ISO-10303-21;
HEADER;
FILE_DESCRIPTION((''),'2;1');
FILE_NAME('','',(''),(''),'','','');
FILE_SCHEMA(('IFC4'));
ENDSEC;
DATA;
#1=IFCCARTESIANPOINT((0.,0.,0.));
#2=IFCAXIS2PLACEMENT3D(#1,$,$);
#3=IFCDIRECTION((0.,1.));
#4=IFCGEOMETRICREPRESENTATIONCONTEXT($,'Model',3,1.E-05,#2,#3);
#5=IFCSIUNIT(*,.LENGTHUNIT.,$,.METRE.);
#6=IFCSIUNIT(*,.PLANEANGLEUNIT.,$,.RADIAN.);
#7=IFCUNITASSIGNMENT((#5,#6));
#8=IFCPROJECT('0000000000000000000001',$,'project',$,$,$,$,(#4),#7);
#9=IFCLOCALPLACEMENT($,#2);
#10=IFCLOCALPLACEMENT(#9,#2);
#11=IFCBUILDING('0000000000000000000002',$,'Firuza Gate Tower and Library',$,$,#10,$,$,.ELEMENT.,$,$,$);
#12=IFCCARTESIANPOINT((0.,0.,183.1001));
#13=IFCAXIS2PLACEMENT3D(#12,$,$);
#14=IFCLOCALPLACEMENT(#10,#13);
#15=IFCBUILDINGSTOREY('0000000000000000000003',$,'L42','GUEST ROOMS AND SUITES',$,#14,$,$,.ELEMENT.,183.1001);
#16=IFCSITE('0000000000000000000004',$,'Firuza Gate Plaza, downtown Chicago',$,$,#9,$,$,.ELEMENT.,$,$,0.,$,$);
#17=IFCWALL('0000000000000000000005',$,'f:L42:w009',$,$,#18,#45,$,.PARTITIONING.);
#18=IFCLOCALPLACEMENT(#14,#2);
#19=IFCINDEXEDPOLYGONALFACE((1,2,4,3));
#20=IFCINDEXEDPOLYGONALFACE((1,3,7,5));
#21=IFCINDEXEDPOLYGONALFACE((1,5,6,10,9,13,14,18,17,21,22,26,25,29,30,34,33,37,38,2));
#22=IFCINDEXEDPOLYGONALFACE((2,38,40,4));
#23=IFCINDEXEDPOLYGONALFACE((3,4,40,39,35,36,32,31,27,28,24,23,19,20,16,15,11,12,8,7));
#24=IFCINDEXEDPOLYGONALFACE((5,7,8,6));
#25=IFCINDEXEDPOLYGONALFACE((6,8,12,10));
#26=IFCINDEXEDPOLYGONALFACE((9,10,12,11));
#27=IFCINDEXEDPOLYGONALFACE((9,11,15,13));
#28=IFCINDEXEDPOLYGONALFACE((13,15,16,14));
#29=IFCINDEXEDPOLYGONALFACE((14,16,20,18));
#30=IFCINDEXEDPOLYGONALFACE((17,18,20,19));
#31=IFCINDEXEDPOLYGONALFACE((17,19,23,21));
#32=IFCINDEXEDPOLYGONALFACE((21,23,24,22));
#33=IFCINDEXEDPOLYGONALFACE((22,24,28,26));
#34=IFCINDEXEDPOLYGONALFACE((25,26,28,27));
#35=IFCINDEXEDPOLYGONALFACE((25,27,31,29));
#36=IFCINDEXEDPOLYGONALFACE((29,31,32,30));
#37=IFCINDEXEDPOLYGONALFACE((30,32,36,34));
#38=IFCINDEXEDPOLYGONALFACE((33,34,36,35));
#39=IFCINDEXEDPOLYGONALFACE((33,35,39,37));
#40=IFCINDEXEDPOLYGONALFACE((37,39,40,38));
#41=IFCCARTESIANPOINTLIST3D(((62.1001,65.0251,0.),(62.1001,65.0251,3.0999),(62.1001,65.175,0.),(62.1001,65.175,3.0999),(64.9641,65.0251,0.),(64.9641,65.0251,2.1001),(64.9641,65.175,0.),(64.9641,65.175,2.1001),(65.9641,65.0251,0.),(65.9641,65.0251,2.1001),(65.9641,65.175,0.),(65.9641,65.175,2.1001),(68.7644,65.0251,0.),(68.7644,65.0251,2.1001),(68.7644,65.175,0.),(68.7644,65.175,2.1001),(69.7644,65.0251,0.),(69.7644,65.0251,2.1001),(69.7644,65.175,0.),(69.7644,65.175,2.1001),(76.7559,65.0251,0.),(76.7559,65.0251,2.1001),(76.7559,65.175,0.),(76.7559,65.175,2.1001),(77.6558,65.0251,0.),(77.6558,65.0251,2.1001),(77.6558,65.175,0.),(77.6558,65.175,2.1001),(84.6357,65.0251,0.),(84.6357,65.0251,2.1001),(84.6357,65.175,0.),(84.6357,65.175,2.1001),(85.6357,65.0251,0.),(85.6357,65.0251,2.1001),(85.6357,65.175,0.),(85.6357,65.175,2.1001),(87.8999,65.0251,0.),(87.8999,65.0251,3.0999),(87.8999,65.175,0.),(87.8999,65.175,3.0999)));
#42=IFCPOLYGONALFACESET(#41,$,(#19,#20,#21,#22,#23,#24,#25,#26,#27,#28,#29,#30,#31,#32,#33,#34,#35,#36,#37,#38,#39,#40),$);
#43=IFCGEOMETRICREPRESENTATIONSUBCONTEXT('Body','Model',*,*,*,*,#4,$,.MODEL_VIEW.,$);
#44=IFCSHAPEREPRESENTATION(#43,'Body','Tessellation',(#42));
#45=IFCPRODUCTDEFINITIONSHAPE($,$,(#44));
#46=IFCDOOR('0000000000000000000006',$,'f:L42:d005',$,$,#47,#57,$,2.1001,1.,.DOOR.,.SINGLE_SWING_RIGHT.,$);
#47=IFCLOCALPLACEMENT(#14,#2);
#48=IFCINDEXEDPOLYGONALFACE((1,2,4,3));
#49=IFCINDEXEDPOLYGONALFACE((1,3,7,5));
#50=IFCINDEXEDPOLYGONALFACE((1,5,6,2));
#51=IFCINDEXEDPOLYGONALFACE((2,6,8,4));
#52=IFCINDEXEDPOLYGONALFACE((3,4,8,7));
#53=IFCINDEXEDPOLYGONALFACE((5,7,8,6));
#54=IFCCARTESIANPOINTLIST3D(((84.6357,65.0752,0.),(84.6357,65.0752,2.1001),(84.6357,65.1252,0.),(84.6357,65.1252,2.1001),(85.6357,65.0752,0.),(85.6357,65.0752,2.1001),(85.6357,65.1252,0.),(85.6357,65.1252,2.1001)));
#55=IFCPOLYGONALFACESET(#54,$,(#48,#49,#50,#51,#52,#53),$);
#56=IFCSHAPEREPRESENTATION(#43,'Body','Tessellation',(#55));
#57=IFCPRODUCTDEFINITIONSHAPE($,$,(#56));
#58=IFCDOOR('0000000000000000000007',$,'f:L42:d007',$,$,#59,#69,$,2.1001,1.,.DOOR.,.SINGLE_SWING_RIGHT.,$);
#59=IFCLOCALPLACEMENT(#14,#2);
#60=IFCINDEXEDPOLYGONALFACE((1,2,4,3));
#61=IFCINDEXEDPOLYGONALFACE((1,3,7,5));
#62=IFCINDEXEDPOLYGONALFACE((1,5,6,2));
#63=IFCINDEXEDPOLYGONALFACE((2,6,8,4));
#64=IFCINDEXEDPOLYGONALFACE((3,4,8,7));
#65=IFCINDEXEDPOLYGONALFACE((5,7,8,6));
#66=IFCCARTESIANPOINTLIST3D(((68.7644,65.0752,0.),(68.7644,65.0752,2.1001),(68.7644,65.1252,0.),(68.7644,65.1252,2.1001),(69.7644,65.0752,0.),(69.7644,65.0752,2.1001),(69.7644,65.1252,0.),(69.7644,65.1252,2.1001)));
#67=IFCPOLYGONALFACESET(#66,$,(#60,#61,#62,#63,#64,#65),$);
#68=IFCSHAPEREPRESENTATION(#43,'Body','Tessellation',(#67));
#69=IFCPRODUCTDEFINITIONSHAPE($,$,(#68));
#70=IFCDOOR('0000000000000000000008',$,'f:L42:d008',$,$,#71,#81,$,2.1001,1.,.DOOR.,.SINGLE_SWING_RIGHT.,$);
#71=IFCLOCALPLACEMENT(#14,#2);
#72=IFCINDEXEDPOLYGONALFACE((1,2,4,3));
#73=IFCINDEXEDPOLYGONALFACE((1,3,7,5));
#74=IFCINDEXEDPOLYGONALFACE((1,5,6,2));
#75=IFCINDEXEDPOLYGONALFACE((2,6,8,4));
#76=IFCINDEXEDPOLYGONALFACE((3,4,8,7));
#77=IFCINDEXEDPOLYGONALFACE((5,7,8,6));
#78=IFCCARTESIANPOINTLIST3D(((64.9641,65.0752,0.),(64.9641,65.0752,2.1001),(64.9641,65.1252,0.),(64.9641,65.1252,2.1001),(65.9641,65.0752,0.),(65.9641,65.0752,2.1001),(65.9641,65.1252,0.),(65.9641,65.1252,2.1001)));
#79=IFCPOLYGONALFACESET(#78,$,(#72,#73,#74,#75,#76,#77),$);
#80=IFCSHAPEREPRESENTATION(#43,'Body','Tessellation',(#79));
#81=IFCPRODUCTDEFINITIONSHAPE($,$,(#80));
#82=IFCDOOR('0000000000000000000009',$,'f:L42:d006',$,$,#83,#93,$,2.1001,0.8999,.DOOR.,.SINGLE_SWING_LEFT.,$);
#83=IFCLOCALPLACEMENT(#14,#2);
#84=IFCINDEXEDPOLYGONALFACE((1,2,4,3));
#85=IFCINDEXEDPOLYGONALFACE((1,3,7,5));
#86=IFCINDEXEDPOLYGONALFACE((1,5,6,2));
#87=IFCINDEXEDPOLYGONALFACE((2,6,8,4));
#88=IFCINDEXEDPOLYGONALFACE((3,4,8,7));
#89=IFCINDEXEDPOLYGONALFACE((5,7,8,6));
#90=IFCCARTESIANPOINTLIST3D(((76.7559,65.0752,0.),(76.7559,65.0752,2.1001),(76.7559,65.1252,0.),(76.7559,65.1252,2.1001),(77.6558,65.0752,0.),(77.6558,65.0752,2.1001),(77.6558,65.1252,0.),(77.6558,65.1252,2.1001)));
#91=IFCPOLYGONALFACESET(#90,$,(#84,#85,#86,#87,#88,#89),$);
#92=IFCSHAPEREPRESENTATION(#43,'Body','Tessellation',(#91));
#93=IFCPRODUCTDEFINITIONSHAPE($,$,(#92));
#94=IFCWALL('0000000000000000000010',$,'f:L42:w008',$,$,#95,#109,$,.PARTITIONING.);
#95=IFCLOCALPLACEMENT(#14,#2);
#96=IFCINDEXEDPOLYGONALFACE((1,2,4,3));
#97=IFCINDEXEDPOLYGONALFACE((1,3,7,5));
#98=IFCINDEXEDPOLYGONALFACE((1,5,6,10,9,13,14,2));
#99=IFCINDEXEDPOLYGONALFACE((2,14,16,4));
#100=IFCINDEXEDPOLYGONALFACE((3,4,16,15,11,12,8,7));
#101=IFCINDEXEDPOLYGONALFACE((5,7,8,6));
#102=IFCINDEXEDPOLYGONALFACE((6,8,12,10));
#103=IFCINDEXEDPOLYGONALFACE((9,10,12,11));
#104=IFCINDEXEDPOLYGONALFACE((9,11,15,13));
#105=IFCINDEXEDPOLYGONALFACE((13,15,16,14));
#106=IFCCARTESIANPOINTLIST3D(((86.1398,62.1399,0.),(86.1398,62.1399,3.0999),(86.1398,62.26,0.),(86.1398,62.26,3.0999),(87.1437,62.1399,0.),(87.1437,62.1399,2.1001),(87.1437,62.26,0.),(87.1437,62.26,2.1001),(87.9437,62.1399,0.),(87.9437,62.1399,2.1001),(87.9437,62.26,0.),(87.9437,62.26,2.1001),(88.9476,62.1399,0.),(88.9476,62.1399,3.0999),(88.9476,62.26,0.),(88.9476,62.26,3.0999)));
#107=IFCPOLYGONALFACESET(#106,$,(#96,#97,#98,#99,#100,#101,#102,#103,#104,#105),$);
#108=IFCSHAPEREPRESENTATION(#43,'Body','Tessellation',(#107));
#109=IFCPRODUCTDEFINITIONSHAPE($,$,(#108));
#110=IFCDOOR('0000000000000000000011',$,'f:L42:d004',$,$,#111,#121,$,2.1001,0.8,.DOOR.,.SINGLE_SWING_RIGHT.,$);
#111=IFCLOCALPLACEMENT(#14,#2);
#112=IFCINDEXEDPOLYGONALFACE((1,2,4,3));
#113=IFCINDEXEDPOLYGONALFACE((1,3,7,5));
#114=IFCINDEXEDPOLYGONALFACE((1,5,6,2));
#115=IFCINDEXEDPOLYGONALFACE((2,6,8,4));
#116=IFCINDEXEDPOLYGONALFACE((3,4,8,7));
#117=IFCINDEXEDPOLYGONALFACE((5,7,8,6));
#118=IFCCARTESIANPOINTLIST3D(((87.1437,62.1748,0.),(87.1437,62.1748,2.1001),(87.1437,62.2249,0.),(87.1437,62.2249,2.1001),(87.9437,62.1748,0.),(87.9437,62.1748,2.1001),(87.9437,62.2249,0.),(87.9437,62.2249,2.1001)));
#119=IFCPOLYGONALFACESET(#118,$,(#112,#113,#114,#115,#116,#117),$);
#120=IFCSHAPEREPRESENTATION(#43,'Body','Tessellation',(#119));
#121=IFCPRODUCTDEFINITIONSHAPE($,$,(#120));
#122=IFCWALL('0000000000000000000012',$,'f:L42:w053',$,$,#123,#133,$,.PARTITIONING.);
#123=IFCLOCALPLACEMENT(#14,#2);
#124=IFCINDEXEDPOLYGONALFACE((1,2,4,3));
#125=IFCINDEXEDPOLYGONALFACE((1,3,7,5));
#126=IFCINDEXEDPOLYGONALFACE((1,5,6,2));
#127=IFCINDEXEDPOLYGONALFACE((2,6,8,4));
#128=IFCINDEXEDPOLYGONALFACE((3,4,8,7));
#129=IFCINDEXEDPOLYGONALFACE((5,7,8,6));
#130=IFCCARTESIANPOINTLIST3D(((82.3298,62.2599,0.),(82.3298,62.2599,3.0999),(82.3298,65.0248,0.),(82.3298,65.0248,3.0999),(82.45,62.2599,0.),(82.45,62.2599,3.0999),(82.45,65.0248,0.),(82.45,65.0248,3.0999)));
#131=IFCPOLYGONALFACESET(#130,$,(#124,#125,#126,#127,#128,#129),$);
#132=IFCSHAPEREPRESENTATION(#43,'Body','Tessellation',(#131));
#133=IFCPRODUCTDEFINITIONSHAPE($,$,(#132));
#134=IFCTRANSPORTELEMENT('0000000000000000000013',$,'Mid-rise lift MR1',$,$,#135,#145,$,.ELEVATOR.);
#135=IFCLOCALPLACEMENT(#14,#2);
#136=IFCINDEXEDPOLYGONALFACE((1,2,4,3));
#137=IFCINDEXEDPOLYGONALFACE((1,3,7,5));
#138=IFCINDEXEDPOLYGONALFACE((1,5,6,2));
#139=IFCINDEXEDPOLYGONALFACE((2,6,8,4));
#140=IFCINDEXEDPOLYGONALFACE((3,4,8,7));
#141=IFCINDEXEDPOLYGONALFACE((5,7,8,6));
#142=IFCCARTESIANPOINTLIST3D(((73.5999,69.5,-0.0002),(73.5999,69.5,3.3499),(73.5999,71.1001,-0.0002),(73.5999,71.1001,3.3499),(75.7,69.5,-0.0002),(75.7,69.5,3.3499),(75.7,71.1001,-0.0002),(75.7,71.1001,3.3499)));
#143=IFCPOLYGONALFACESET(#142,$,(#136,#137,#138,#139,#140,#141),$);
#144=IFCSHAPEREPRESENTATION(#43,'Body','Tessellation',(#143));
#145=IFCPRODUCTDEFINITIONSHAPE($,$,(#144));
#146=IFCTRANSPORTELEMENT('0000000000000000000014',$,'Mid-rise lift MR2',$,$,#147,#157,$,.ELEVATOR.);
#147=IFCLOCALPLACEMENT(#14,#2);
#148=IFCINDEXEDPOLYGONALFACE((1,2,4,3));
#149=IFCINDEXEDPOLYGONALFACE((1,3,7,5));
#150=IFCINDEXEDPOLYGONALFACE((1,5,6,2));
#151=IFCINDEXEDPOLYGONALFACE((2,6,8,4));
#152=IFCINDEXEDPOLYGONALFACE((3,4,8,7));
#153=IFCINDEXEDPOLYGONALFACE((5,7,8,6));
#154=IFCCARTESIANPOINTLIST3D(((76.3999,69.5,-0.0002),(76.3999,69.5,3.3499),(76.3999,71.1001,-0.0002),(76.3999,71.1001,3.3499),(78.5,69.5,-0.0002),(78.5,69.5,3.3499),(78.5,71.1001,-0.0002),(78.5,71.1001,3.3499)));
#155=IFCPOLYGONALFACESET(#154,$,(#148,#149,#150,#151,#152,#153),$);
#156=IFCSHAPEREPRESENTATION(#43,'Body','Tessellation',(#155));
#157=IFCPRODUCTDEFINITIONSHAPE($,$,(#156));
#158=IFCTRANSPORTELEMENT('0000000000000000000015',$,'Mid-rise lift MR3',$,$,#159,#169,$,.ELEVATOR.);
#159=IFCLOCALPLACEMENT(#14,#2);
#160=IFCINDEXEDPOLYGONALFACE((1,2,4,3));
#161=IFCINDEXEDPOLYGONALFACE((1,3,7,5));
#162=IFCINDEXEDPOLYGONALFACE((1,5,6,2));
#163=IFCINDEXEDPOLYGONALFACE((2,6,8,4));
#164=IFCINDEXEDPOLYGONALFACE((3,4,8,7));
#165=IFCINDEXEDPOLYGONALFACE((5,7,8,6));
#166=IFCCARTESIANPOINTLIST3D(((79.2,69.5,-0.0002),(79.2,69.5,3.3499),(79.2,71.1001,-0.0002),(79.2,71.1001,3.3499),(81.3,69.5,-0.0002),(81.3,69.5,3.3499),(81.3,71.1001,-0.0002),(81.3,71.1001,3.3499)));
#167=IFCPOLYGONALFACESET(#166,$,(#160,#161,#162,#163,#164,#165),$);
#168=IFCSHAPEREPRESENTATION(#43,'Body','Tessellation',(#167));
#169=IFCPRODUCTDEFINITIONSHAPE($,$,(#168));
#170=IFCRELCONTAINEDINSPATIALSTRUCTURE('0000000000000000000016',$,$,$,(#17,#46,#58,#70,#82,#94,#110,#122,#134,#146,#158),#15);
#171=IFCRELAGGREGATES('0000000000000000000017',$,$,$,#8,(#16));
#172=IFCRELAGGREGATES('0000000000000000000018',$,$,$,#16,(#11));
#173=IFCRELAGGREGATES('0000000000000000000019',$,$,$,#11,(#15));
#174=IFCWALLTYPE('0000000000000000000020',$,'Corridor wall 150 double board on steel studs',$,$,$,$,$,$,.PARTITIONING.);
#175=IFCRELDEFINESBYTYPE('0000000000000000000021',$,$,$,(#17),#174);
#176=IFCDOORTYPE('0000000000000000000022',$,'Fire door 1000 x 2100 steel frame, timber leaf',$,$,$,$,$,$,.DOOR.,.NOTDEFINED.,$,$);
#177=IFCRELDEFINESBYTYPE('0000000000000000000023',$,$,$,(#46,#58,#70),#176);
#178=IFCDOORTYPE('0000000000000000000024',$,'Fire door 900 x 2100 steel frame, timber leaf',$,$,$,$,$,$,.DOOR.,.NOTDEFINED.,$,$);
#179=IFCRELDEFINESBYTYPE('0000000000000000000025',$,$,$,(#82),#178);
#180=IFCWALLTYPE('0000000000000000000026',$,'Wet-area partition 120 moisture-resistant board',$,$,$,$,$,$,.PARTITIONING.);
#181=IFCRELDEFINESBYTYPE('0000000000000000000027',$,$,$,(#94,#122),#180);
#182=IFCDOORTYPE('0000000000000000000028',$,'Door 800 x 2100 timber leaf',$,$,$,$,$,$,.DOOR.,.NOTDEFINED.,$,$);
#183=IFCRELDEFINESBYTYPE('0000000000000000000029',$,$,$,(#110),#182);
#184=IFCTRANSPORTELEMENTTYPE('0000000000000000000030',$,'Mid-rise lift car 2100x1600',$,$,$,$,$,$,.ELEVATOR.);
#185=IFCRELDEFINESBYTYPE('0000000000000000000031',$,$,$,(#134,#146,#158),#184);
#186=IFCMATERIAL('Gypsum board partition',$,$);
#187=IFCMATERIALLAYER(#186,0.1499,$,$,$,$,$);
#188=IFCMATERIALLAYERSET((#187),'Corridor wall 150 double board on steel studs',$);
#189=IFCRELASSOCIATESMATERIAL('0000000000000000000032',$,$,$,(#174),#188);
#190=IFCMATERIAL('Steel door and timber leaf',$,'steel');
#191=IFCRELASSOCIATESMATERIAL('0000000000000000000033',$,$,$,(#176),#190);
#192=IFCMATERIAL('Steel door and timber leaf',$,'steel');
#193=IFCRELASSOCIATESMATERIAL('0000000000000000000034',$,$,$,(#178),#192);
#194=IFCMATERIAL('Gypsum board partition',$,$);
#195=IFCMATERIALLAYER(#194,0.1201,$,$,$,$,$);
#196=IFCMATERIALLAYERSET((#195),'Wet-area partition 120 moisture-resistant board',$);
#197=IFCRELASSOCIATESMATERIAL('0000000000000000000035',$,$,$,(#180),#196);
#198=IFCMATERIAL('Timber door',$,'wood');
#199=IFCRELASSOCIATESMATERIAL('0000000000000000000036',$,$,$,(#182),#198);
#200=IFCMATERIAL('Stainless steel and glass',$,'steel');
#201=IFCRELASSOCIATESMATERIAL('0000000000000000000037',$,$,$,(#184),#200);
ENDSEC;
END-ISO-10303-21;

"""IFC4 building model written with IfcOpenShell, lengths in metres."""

from ifc_helpers import new_model, si_unit, direction, frame, frame_2d, origin, origin_2d, place, context, subcontext, project, spatial, rectangle, extrude, material, layer, layer_set, type_object, element, fill, save


model = new_model("IFC4")

# Units and contexts
model_context = context("Model", 3, precision=1e-05, world=origin(), true_north=direction((0.0, 1.0)))
body_context = subcontext(model_context, "Body", "Model", "MODEL_VIEW")
ifc_project = project(units=[si_unit("LENGTHUNIT", "METRE"), si_unit("PLANEANGLEUNIT", "RADIAN")], contexts=[model_context])

# Site, building, storey
site_placement = place(None, origin())
site = spatial("IfcSite", under=ifc_project, at=site_placement, Name="Firuza Gate Plaza, downtown Chicago", CompositionType="ELEMENT", RefElevation=0.0)
building_placement = place(site_placement, origin())
building = spatial("IfcBuilding", under=site, at=building_placement, Name="Firuza Gate Tower and Library", CompositionType="ELEMENT")
storey_placement = place(building_placement, frame((0.0, 0.0, 183.1001)))
storey = spatial("IfcBuildingStorey", under=building, at=storey_placement, Name="L42", Description="GUEST ROOMS AND SUITES", CompositionType="ELEMENT", Elevation=183.1001)

# Wall, openings, doors
ifc_material_1 = material(Name="Gypsum board partition")
ifc_layer_1 = layer(ifc_material_1, 0.1499)
ifc_layer_set_1 = layer_set([ifc_layer_1], Name="Corridor wall 150 double board on steel studs")
wall_type_1 = type_object("IfcWallType", Name="Corridor wall 150 double board on steel studs", PredefinedType="PARTITIONING", material=ifc_layer_set_1)
wall_1_placement = place(storey_placement, frame((87.8999, 65.1001, 0.0), z_axis=(0.0, 0.0, 1.0), x_axis=(-1.0, 0.0, 0.0)))
wall_1 = element("IfcWall", 1, at=wall_1_placement, inside=storey, type_object=wall_type_1, Name="f:L42:w009", PredefinedType="PARTITIONING", context=body_context, shape_type="SweptSolid", body=[
    extrude(rectangle(XDim=25.7998, YDim=0.1499, at=frame_2d((12.8999, 0.0))), origin(), (0.0, 0.0, 1.0), 3.0999),
])
opening_1_placement = place(wall_1_placement, frame((2.2642, 0.0, 0.0)))
opening_1 = element("IfcOpeningElement", 2, at=opening_1_placement, cuts=wall_1, PredefinedType="OPENING", context=body_context, shape_type="SweptSolid", body=[
    extrude(rectangle(XDim=1.0, YDim=2.1001, at=frame_2d((0.5, 1.05))), frame((0.0, 0.085, 0.0), z_axis=(0.0, -1.0, 0.0), x_axis=(1.0, 0.0, 0.0)), (0.0, 0.0, 1.0), 0.1699),
])
opening_2_placement = place(wall_1_placement, frame((10.2441, 0.0, 0.0)))
opening_2 = element("IfcOpeningElement", 3, at=opening_2_placement, cuts=wall_1, PredefinedType="OPENING", context=body_context, shape_type="SweptSolid", body=[
    extrude(rectangle(XDim=0.8999, YDim=2.1001, at=frame_2d((0.45, 1.05))), frame((0.0, 0.085, 0.0), z_axis=(0.0, -1.0, 0.0), x_axis=(1.0, 0.0, 0.0)), (0.0, 0.0, 1.0), 0.1699),
])
opening_3_placement = place(wall_1_placement, frame((18.1355, 0.0, 0.0)))
opening_3 = element("IfcOpeningElement", 4, at=opening_3_placement, cuts=wall_1, PredefinedType="OPENING", context=body_context, shape_type="SweptSolid", body=[
    extrude(rectangle(XDim=1.0, YDim=2.1001, at=frame_2d((0.5, 1.05))), frame((0.0, 0.085, 0.0), z_axis=(0.0, -1.0, 0.0), x_axis=(1.0, 0.0, 0.0)), (0.0, 0.0, 1.0), 0.1699),
])
opening_4_placement = place(wall_1_placement, frame((21.9358, 0.0, 0.0)))
opening_4 = element("IfcOpeningElement", 5, at=opening_4_placement, cuts=wall_1, PredefinedType="OPENING", context=body_context, shape_type="SweptSolid", body=[
    extrude(rectangle(XDim=1.0, YDim=2.1001, at=frame_2d((0.5, 1.05))), frame((0.0, 0.085, 0.0), z_axis=(0.0, -1.0, 0.0), x_axis=(1.0, 0.0, 0.0)), (0.0, 0.0, 1.0), 0.1699),
])
ifc_material_2 = material(Name="Steel door and timber leaf", Category="steel")
door_type_1 = type_object("IfcDoorType", Name="Fire door 1000 x 2100 steel frame, timber leaf", OperationType="NOTDEFINED", PredefinedType="DOOR", material=ifc_material_2)
door_1_placement = place(opening_1_placement, origin())
door_1 = element("IfcDoor", 6, at=door_1_placement, inside=storey, type_object=door_type_1, Name="f:L42:d005", OperationType="SINGLE_SWING_RIGHT", OverallHeight=2.1001, OverallWidth=1.0, PredefinedType="DOOR", context=body_context, shape_type="SweptSolid", body=[
    extrude(rectangle(XDim=1.0, YDim=2.1001, at=frame_2d((0.5, 1.05))), frame((0.0, 0.0249, 0.0), z_axis=(0.0, -1.0, 0.0), x_axis=(1.0, 0.0, 0.0)), (0.0, 0.0, 1.0), 0.05),
])
fill(opening_1, door_1)
door_2_placement = place(opening_3_placement, origin())
door_2 = element("IfcDoor", 7, at=door_2_placement, inside=storey, type_object=door_type_1, Name="f:L42:d007", OperationType="SINGLE_SWING_RIGHT", OverallHeight=2.1001, OverallWidth=1.0, PredefinedType="DOOR", context=body_context, shape_type="SweptSolid", body=[
    extrude(rectangle(XDim=1.0, YDim=2.1001, at=frame_2d((0.5, 1.05))), frame((0.0, 0.0249, 0.0), z_axis=(0.0, -1.0, 0.0), x_axis=(1.0, 0.0, 0.0)), (0.0, 0.0, 1.0), 0.05),
])
fill(opening_3, door_2)
door_3_placement = place(opening_4_placement, origin())
door_3 = element("IfcDoor", 8, at=door_3_placement, inside=storey, type_object=door_type_1, Name="f:L42:d008", OperationType="SINGLE_SWING_RIGHT", OverallHeight=2.1001, OverallWidth=1.0, PredefinedType="DOOR", context=body_context, shape_type="SweptSolid", body=[
    extrude(rectangle(XDim=1.0, YDim=2.1001, at=frame_2d((0.5, 1.05))), frame((0.0, 0.0249, 0.0), z_axis=(0.0, -1.0, 0.0), x_axis=(1.0, 0.0, 0.0)), (0.0, 0.0, 1.0), 0.05),
])
fill(opening_4, door_3)
ifc_material_3 = material(Name="Steel door and timber leaf", Category="steel")
door_type_2 = type_object("IfcDoorType", Name="Fire door 900 x 2100 steel frame, timber leaf", OperationType="NOTDEFINED", PredefinedType="DOOR", material=ifc_material_3)
door_4_placement = place(opening_2_placement, origin())
door_4 = element("IfcDoor", 9, at=door_4_placement, inside=storey, type_object=door_type_2, Name="f:L42:d006", OperationType="SINGLE_SWING_LEFT", OverallHeight=2.1001, OverallWidth=0.8999, PredefinedType="DOOR", context=body_context, shape_type="SweptSolid", body=[
    extrude(rectangle(XDim=0.8999, YDim=2.1001, at=frame_2d((0.45, 1.05))), frame((0.0, 0.0249, 0.0), z_axis=(0.0, -1.0, 0.0), x_axis=(1.0, 0.0, 0.0)), (0.0, 0.0, 1.0), 0.05),
])
fill(opening_2, door_4)

# Wall, opening, door
ifc_material_4 = material(Name="Gypsum board partition")
ifc_layer_2 = layer(ifc_material_4, 0.1201)
ifc_layer_set_2 = layer_set([ifc_layer_2], Name="Wet-area partition 120 moisture-resistant board")
wall_type_2 = type_object("IfcWallType", Name="Wet-area partition 120 moisture-resistant board", PredefinedType="PARTITIONING", material=ifc_layer_set_2)
wall_2_placement = place(storey_placement, frame((86.1399, 62.2, 0.0), z_axis=(0.0, 0.0, 1.0), x_axis=(1.0, 0.0, 0.0)))
wall_2 = element("IfcWall", 10, at=wall_2_placement, inside=storey, type_object=wall_type_2, Name="f:L42:w008", PredefinedType="PARTITIONING", context=body_context, shape_type="SweptSolid", body=[
    extrude(rectangle(XDim=2.8079, YDim=0.1201, at=frame_2d((1.4038, 0.0))), origin(), (0.0, 0.0, 1.0), 3.0999),
])
opening_5_placement = place(wall_2_placement, frame((1.0039, 0.0, 0.0)))
opening_5 = element("IfcOpeningElement", 11, at=opening_5_placement, cuts=wall_2, PredefinedType="OPENING", context=body_context, shape_type="SweptSolid", body=[
    extrude(rectangle(XDim=0.8, YDim=2.1001, at=frame_2d((0.3999, 1.05))), frame((0.0, 0.0701, 0.0), z_axis=(0.0, -1.0, 0.0), x_axis=(1.0, 0.0, 0.0)), (0.0, 0.0, 1.0), 0.1401),
])
ifc_material_5 = material(Name="Timber door", Category="wood")
door_type_3 = type_object("IfcDoorType", Name="Door 800 x 2100 timber leaf", OperationType="NOTDEFINED", PredefinedType="DOOR", material=ifc_material_5)
door_5_placement = place(opening_5_placement, origin())
door_5 = element("IfcDoor", 12, at=door_5_placement, inside=storey, type_object=door_type_3, Name="f:L42:d004", OperationType="SINGLE_SWING_RIGHT", OverallHeight=2.1001, OverallWidth=0.8, PredefinedType="DOOR", context=body_context, shape_type="SweptSolid", body=[
    extrude(rectangle(XDim=0.8, YDim=2.1001, at=frame_2d((0.3999, 1.05))), frame((0.0, 0.0249, 0.0), z_axis=(0.0, -1.0, 0.0), x_axis=(1.0, 0.0, 0.0)), (0.0, 0.0, 1.0), 0.05),
])
fill(opening_5, door_5)

# Wall
wall_3_placement = place(storey_placement, frame((82.3899, 62.26, 0.0), z_axis=(0.0, 0.0, 1.0), x_axis=(0.0, 1.0, 0.0)))
element("IfcWall", 13, at=wall_3_placement, inside=storey, type_object=wall_type_2, Name="f:L42:w053", PredefinedType="PARTITIONING", context=body_context, shape_type="SweptSolid", body=[
    extrude(rectangle(XDim=2.7649, YDim=0.1201, at=frame_2d((1.3823, 0.0))), origin(), (0.0, 0.0, 1.0), 3.0999),
])

# Transport elements
ifc_material_6 = material(Name="Stainless steel and glass", Category="steel")
transport_element_type = type_object("IfcTransportElementType", Name="Mid-rise lift car 2100x1600", PredefinedType="ELEVATOR", material=ifc_material_6)
for number, where, z_axis, x_axis, name in (
    (14, (74.6499, 70.3, -0.0002), (0.0, 0.0, 1.0), (1.0, 0.0, 0.0), "Mid-rise lift MR1"),
    (15, (77.45, 70.3, -0.0002), (0.0, 0.0, 1.0), (1.0, 0.0, 0.0), "Mid-rise lift MR2"),
    (16, (80.25, 70.3, -0.0002), (0.0, 0.0, 1.0), (1.0, 0.0, 0.0), "Mid-rise lift MR3"),
):
    element("IfcTransportElement", number, at=place(storey_placement, frame(where, z_axis=z_axis, x_axis=x_axis)), inside=storey, type_object=transport_element_type, Name=name, PredefinedType="ELEVATOR", context=body_context, shape_type="SweptSolid", body=[
        extrude(rectangle(XDim=2.1001, YDim=1.6001, at=origin_2d()), origin(), (0.0, 0.0, 1.0), 3.3501),
    ])

save(model, "model.ifc")
